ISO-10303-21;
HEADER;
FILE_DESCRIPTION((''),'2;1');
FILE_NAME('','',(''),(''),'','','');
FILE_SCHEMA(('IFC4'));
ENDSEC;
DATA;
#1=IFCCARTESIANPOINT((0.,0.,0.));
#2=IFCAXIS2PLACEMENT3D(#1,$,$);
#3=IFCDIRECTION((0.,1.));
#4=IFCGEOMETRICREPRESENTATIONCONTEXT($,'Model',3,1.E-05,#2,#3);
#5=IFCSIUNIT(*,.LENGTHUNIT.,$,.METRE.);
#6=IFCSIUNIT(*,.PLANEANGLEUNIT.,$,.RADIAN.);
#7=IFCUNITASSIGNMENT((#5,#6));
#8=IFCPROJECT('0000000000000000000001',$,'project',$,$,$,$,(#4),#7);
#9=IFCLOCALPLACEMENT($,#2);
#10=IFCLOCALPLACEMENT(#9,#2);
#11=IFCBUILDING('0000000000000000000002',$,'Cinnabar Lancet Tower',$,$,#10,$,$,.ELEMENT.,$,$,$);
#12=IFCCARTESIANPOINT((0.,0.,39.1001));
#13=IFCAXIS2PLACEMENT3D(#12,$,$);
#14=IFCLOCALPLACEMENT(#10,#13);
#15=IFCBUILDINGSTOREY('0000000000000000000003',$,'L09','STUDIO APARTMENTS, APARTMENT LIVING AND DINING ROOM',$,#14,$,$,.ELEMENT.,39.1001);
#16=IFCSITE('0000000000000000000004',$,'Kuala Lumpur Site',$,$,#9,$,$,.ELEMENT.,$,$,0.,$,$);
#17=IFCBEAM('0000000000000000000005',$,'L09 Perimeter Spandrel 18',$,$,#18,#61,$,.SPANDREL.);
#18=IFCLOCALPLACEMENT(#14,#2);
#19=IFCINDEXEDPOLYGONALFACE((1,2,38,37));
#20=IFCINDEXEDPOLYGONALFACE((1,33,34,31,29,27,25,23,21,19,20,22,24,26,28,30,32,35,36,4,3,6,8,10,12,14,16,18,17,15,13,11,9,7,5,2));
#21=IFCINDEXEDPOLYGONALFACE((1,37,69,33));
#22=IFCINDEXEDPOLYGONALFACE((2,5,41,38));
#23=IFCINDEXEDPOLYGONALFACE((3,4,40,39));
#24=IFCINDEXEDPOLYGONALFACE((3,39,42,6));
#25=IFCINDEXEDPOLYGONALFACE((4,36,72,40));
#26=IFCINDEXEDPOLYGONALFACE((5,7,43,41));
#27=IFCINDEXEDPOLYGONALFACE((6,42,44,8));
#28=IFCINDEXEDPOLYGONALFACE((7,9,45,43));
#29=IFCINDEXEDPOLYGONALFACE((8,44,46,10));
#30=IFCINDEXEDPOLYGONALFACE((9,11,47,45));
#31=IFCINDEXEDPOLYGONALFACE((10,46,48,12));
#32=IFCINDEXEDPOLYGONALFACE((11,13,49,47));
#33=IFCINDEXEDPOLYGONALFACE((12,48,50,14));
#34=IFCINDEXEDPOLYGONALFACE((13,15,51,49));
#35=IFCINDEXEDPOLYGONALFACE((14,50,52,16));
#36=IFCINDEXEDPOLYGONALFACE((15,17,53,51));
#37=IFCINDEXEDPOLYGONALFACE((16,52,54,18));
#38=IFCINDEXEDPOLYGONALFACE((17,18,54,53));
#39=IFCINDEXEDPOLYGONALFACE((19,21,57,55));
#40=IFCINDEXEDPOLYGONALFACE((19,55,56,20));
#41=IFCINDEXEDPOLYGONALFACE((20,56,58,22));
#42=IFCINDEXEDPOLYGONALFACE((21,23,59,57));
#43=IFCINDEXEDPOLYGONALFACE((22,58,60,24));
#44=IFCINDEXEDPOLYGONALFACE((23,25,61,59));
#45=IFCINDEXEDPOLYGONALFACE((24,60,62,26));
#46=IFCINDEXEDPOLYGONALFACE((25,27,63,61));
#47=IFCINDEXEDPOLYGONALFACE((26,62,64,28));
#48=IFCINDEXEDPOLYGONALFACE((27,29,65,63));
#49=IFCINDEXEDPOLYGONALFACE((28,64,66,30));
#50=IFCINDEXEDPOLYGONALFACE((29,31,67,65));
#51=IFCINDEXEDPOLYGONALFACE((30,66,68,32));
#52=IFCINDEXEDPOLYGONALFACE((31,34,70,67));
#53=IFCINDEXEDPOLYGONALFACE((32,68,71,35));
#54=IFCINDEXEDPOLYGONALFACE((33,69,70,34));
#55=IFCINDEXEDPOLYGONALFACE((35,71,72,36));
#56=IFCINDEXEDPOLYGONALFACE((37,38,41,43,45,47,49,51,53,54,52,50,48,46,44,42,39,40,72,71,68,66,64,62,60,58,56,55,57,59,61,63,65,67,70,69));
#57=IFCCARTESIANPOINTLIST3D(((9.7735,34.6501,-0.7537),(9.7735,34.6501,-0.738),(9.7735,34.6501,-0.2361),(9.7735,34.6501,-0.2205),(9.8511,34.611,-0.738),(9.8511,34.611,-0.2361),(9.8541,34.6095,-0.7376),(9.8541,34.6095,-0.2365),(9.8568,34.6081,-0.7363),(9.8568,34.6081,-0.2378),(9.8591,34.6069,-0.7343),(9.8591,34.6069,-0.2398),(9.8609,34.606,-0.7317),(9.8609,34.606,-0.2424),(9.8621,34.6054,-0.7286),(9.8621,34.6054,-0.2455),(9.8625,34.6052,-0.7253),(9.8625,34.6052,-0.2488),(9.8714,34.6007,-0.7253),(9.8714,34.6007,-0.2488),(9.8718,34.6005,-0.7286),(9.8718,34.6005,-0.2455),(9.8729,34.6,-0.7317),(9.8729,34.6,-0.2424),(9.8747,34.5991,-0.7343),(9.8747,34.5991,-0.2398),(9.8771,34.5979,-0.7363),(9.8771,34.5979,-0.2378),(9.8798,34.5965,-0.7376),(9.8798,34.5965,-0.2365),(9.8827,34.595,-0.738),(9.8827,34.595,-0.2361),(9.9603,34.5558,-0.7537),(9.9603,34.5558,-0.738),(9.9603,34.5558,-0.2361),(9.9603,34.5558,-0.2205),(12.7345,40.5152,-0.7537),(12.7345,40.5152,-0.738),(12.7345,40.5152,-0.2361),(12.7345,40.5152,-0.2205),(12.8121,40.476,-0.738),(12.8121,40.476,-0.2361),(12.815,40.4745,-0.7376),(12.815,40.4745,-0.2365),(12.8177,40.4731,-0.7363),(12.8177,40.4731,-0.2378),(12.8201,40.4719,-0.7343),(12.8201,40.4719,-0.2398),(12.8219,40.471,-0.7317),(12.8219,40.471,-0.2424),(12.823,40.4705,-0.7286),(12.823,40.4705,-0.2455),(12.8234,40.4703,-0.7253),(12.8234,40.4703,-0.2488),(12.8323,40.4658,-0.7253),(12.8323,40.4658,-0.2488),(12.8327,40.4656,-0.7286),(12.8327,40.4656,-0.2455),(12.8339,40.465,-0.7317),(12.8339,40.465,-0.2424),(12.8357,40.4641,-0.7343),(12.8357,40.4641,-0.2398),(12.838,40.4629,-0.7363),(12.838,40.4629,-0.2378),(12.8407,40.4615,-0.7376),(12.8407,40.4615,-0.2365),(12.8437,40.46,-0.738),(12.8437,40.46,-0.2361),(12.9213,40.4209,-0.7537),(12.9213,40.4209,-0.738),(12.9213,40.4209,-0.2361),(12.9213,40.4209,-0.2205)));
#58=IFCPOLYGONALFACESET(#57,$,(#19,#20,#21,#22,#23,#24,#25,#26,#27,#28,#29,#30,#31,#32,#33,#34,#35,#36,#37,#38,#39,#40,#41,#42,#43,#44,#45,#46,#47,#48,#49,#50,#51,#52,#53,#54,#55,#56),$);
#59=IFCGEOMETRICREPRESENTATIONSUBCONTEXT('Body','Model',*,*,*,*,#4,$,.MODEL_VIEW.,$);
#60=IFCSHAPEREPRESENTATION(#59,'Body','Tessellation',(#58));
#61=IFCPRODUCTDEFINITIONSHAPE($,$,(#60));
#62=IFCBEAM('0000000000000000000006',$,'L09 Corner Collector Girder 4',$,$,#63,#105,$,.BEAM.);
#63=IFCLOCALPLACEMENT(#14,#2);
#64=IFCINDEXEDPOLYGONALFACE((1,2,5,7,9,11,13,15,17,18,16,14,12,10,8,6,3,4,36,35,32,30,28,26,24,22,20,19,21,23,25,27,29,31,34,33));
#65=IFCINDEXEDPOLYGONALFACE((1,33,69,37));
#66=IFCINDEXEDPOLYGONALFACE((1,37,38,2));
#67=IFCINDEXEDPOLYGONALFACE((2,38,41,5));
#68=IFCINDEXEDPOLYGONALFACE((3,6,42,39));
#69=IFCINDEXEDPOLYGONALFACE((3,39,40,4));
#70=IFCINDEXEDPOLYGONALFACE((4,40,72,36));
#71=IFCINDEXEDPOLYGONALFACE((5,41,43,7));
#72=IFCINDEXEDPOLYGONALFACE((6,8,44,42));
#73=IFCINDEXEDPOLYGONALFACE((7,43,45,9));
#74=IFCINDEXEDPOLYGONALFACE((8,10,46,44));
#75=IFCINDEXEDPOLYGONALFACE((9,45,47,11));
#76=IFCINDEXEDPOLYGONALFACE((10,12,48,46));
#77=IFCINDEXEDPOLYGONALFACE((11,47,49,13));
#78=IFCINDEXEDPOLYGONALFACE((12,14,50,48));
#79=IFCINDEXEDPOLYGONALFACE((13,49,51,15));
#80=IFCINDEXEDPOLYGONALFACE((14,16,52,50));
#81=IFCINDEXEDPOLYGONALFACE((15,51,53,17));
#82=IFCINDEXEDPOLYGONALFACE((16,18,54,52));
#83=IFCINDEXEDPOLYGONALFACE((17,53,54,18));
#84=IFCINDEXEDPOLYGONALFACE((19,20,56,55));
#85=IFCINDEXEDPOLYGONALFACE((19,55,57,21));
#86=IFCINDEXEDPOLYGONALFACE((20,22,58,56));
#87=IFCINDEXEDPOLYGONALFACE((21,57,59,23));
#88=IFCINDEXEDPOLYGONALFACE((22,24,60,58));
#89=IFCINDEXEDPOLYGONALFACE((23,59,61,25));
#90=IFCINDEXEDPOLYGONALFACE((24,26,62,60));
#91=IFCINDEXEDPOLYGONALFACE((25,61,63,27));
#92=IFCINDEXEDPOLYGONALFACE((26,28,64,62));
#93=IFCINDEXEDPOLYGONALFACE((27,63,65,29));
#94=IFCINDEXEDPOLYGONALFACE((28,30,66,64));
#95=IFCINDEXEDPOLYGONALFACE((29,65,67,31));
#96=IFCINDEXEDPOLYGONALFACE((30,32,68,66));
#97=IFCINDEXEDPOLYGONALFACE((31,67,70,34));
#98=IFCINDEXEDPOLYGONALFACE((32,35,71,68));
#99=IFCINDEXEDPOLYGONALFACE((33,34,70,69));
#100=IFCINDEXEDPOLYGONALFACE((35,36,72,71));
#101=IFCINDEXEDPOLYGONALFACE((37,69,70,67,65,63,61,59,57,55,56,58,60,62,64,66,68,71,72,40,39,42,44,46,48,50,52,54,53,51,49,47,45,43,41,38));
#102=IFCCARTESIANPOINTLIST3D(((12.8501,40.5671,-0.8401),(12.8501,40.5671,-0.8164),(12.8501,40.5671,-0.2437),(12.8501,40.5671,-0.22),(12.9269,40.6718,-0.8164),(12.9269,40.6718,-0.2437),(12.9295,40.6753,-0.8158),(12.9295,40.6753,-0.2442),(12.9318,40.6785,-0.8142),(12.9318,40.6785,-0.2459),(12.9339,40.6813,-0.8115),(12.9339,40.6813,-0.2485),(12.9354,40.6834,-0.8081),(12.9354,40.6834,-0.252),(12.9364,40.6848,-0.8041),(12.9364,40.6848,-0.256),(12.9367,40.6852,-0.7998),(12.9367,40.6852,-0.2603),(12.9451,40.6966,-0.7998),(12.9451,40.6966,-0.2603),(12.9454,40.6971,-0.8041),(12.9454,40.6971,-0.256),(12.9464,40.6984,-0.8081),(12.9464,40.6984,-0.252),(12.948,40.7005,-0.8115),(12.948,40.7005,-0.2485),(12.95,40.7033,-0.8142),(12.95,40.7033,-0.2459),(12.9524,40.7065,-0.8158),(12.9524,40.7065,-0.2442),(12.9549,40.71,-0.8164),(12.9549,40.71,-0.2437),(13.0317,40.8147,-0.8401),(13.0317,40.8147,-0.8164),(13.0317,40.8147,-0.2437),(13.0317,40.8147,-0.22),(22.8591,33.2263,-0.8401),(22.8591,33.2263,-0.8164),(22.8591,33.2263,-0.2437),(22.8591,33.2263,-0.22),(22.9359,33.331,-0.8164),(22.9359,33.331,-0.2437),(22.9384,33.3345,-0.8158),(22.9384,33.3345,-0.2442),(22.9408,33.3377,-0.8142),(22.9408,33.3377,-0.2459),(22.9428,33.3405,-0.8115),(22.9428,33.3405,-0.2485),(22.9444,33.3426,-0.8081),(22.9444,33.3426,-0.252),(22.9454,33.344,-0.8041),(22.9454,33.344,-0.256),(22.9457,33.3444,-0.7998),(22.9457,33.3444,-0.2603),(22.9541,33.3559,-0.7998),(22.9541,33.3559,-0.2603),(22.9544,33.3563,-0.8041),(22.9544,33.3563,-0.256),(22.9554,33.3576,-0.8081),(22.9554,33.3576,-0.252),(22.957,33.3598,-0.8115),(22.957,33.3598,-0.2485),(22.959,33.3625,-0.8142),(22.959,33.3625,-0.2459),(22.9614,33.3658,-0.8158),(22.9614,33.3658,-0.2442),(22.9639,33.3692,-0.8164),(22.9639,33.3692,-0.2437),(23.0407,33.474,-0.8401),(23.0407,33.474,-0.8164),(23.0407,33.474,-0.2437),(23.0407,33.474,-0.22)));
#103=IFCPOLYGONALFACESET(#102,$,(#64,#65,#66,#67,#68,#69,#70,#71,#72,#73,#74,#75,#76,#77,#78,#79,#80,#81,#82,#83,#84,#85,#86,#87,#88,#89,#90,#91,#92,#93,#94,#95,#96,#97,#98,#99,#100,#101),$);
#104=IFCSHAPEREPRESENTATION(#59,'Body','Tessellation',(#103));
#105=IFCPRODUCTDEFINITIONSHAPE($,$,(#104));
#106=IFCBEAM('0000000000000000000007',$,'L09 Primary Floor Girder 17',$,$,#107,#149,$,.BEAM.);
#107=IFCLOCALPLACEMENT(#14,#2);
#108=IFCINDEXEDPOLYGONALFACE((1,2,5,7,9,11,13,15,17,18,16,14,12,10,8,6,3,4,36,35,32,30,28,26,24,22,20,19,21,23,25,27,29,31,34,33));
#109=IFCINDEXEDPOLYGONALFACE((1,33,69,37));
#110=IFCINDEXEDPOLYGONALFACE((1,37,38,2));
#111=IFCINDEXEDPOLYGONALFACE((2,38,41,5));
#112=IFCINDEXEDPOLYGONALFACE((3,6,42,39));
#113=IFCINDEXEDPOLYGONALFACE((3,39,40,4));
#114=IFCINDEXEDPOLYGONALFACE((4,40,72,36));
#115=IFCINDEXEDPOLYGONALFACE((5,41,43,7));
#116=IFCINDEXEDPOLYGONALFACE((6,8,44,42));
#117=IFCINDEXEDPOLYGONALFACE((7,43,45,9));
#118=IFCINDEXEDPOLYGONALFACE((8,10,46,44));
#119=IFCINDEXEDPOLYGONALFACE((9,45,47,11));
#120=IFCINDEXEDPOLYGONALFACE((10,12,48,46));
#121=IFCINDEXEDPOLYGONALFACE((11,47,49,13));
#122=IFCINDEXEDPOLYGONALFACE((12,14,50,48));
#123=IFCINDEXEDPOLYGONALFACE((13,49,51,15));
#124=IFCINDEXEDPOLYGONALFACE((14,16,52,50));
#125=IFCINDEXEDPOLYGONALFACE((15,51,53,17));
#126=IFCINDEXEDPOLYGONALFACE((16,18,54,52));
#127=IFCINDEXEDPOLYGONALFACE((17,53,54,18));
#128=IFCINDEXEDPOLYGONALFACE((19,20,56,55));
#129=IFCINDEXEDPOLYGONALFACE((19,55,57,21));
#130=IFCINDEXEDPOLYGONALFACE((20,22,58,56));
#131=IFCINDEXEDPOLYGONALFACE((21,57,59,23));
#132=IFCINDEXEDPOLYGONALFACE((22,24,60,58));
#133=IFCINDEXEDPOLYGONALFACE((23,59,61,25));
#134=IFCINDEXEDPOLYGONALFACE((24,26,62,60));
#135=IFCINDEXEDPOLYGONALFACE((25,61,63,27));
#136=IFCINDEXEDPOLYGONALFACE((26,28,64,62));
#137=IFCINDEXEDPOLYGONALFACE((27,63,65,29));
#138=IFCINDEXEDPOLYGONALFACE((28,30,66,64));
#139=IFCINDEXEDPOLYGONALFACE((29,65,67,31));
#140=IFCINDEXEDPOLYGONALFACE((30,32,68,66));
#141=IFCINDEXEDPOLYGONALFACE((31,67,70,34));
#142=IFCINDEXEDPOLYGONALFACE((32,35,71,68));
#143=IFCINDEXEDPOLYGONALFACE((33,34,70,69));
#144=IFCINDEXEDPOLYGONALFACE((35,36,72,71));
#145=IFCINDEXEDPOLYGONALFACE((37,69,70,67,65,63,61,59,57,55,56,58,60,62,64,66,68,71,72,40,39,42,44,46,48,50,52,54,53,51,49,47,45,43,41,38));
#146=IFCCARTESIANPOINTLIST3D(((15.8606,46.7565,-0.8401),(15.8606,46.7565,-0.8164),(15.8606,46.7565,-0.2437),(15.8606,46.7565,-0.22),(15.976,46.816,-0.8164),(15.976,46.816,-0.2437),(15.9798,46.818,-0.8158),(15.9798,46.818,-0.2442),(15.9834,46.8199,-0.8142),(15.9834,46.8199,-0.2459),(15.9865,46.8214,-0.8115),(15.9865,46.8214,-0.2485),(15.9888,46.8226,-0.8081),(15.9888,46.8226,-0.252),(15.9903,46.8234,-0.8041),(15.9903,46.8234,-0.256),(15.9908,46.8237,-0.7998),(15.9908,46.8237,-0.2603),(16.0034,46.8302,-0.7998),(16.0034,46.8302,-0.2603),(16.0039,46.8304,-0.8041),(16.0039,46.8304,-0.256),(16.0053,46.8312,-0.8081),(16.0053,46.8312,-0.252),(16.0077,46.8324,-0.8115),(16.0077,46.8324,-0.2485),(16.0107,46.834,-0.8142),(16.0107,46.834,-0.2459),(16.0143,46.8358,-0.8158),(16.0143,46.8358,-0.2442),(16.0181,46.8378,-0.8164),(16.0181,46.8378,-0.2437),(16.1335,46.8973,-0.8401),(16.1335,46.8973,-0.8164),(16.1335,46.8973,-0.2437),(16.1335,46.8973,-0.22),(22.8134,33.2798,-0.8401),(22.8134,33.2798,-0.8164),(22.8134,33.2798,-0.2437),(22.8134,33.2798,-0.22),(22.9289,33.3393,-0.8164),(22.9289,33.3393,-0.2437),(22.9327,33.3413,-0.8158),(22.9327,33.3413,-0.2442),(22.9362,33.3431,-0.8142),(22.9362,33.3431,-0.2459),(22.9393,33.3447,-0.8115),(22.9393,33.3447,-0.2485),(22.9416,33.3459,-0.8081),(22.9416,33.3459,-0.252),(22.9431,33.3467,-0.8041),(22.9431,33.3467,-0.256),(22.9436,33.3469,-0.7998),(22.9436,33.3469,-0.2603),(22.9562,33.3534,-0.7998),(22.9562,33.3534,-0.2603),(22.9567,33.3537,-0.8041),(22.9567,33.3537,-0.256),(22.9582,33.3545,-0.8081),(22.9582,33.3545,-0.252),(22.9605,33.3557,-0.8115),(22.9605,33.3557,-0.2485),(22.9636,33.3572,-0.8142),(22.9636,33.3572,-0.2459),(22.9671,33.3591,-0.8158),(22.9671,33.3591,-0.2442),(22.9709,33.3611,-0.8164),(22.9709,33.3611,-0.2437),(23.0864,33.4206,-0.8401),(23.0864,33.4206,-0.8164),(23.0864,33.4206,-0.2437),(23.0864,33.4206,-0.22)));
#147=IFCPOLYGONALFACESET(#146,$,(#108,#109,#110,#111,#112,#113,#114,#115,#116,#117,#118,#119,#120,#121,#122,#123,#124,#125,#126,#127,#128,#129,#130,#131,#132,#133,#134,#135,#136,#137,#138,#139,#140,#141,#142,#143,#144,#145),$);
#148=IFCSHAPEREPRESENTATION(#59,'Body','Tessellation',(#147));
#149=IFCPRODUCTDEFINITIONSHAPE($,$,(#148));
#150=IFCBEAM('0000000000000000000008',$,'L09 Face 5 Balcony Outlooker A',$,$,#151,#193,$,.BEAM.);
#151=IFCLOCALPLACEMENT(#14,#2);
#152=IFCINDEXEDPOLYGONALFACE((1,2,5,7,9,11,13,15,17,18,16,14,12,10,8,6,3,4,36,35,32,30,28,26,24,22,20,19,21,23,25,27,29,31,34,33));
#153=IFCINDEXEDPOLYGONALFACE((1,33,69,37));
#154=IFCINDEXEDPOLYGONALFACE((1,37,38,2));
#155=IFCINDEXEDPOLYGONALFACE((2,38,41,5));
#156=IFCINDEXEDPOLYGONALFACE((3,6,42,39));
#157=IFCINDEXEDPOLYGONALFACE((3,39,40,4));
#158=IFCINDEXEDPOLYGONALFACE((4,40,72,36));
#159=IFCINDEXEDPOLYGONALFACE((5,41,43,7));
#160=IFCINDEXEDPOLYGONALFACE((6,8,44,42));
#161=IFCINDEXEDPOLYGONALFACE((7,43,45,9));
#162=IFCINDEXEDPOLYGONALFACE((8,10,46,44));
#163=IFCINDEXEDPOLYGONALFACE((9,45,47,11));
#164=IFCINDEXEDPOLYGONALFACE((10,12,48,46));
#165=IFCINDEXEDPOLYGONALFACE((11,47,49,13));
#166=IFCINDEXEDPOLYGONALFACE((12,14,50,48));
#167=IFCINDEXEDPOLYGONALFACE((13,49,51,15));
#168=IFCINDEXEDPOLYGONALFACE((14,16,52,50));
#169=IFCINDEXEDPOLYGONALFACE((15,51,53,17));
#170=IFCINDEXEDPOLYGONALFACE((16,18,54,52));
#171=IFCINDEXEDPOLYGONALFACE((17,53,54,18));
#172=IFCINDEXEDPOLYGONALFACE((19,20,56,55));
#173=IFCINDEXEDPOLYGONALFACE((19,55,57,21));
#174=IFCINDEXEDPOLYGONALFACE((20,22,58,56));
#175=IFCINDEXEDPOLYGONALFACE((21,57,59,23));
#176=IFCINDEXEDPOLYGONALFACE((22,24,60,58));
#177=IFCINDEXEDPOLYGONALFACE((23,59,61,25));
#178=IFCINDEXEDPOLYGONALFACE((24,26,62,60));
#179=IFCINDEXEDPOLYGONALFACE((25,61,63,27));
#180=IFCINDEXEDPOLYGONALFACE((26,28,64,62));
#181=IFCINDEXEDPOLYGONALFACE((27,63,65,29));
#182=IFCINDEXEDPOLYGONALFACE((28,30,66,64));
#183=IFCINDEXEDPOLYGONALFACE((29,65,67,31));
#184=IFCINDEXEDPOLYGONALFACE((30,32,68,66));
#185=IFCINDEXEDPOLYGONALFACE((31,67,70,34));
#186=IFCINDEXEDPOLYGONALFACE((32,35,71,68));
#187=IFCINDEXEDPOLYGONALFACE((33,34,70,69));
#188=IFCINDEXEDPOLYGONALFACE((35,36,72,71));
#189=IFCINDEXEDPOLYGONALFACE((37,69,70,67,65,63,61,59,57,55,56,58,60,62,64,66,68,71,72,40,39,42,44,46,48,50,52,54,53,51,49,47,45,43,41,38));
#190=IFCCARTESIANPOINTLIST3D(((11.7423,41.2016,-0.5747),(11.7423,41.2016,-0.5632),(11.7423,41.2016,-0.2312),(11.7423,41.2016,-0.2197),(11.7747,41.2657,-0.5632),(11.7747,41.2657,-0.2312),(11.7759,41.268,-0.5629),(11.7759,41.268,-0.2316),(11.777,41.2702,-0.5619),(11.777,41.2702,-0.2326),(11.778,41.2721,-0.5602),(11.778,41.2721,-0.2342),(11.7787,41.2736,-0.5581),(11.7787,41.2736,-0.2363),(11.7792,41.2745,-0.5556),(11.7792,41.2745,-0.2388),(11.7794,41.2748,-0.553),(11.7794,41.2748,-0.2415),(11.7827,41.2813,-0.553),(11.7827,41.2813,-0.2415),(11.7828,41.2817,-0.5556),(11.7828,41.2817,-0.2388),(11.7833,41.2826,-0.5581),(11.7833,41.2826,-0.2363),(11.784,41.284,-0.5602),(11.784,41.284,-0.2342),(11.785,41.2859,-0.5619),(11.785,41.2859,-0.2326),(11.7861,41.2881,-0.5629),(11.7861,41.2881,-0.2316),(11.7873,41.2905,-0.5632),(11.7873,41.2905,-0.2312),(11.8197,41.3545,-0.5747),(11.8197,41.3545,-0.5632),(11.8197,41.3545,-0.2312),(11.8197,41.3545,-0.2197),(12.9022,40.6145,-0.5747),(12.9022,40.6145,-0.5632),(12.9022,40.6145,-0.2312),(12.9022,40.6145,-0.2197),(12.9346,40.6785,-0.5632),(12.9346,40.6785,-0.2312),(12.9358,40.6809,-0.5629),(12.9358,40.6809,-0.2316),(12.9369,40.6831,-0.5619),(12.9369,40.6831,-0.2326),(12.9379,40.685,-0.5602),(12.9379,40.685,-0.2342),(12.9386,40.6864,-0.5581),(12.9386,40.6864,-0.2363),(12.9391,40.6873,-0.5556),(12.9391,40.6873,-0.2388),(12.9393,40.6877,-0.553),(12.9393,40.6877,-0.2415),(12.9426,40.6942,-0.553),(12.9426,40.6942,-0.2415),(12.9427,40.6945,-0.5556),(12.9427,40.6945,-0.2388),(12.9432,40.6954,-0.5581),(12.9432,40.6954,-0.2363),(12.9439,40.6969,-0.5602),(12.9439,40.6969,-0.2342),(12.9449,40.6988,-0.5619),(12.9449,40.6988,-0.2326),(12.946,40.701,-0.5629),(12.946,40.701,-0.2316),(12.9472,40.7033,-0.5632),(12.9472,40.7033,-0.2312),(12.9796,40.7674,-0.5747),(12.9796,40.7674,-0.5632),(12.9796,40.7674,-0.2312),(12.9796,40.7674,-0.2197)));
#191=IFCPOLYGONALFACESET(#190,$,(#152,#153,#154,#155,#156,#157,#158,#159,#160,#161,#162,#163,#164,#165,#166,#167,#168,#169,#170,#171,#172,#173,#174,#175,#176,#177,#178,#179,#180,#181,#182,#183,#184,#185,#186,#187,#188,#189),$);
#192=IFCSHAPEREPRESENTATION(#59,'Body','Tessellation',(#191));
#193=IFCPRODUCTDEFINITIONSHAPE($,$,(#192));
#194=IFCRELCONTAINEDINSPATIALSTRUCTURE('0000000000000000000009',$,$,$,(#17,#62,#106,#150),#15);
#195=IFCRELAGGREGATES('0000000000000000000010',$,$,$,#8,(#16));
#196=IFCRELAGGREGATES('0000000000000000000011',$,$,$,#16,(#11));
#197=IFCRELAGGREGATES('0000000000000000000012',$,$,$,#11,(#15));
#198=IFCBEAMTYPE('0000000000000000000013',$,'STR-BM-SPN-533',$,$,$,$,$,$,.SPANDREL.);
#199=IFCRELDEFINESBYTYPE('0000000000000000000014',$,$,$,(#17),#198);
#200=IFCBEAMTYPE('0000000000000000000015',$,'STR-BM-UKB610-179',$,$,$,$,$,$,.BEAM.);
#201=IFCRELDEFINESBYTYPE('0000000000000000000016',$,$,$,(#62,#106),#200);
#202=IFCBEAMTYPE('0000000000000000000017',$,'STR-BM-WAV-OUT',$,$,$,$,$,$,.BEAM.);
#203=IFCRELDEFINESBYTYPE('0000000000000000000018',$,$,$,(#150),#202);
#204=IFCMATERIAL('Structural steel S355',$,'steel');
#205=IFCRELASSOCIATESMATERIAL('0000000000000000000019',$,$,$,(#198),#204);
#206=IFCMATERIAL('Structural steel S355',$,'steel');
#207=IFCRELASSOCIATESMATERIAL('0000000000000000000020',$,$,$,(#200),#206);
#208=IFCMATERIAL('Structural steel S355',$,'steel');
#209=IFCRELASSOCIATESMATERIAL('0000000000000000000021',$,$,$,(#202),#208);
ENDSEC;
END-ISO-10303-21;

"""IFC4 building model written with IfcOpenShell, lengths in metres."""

from ifc_helpers import new_model, si_unit, direction, frame, origin, origin_2d, place, context, subcontext, project, spatial, i_section, extrude, material, material_profile, profile_set, type_object, element, save


model = new_model("IFC4")

# Units and contexts
model_context = context("Model", 3, precision=1e-05, world=origin(), true_north=direction((0.0, 1.0)))
body_context = subcontext(model_context, "Body", "Model", "MODEL_VIEW")
ifc_project = project(units=[si_unit("LENGTHUNIT", "METRE"), si_unit("PLANEANGLEUNIT", "RADIAN")], contexts=[model_context])

# Site, building, storey
site_placement = place(None, origin())
site = spatial("IfcSite", under=ifc_project, at=site_placement, Name="Kuala Lumpur Site", CompositionType="ELEMENT", RefElevation=0.0)
building_placement = place(site_placement, origin())
building = spatial("IfcBuilding", under=site, at=building_placement, Name="Cinnabar Lancet Tower", CompositionType="ELEMENT")
storey_placement = place(building_placement, frame((0.0, 0.0, 39.1001)))
storey = spatial("IfcBuildingStorey", under=building, at=storey_placement, Name="L09", Description="STUDIO APARTMENTS, APARTMENT LIVING AND DINING ROOM", CompositionType="ELEMENT", Elevation=39.1001)

# Beams
ifc_material_1 = material(Name="Structural steel S355", Category="steel")
ifc_material_profile_1 = material_profile(ifc_material_1, i_section(OverallWidth=0.2092, OverallDepth=0.5332, WebThickness=0.01, FlangeThickness=0.0156, FilletRadius=0.0127, at=origin_2d()), Name="UKB 533x210x92")
ifc_profile_set_1 = profile_set([ifc_material_profile_1], Name="Structural steel S355")
beam_type_1 = type_object("IfcBeamType", Name="STR-BM-SPN-533", PredefinedType="SPANDREL", material=ifc_profile_set_1)
beam_1_placement = place(storey_placement, frame((12.8279, 40.468, -0.4871), z_axis=(-0.450674, -0.892689, 0.0), x_axis=(0.892689, -0.450674, 0.0)))
element("IfcBeam", 1, at=beam_1_placement, inside=storey, type_object=beam_type_1, Name="L09 Perimeter Spandrel 18", PredefinedType="SPANDREL", context=body_context, shape_type="SweptSolid", body=[
    extrude(i_section(OverallWidth=0.2092, OverallDepth=0.5332, WebThickness=0.01, FlangeThickness=0.0156, FilletRadius=0.0127, at=origin_2d()), origin(), (0.0, 0.0, 1.0), 6.5701),
])
ifc_material_2 = material(Name="Structural steel S355", Category="steel")
ifc_material_profile_2 = material_profile(ifc_material_2, i_section(OverallWidth=0.3071, OverallDepth=0.6201, WebThickness=0.0142, FlangeThickness=0.0237, FilletRadius=0.0166, at=origin_2d()), Name="UKB 610x305x179")
ifc_profile_set_2 = profile_set([ifc_material_profile_2], Name="Structural steel S355")
beam_type_2 = type_object("IfcBeamType", Name="STR-BM-UKB610-179", PredefinedType="BEAM", material=ifc_profile_set_2)
beam_2_placement = place(storey_placement, frame((12.9409, 40.6909, -0.53), z_axis=(0.806372, -0.591409, 0.0), x_axis=(0.591409, 0.806372, 0.0)))
element("IfcBeam", 2, at=beam_2_placement, inside=storey, type_object=beam_type_2, Name="L09 Corner Collector Girder 4", PredefinedType="BEAM", context=body_context, shape_type="SweptSolid", body=[
    extrude(i_section(OverallWidth=0.3071, OverallDepth=0.6201, WebThickness=0.0142, FlangeThickness=0.0237, FilletRadius=0.0166, at=origin_2d()), origin(), (0.0, 0.0, 1.0), 12.4124),
])
beam_3_placement = place(storey_placement, frame((15.9971, 46.8269, -0.53), z_axis=(0.458492, -0.888698, 0.0), x_axis=(0.888698, 0.458492, 0.0)))
element("IfcBeam", 3, at=beam_3_placement, inside=storey, type_object=beam_type_2, Name="L09 Primary Floor Girder 17", PredefinedType="BEAM", context=body_context, shape_type="SweptSolid", body=[
    extrude(i_section(OverallWidth=0.3071, OverallDepth=0.6201, WebThickness=0.0142, FlangeThickness=0.0237, FilletRadius=0.0166, at=origin_2d()), origin(), (0.0, 0.0, 1.0), 15.1646),
])
ifc_material_3 = material(Name="Structural steel S355", Category="steel")
ifc_material_profile_3 = material_profile(ifc_material_3, i_section(OverallWidth=0.1714, OverallDepth=0.355, WebThickness=0.0073, FlangeThickness=0.0115, FilletRadius=0.0103, at=origin_2d()), Name="UKB 356x171x51")
ifc_profile_set_3 = profile_set([ifc_material_profile_3], Name="Structural steel S355")
beam_type_3 = type_object("IfcBeamType", Name="STR-BM-WAV-OUT", PredefinedType="BEAM", material=ifc_profile_set_3)
for number, where, z_axis, x_axis, name in (
    (4, (12.9409, 40.6909, -0.3972), (-0.8922, 0.45164, 0.0), (-0.45164, -0.8922, 0.0), "L09 Face 5 Balcony Outlooker A"),
):
    element("IfcBeam", number, at=place(storey_placement, frame(where, z_axis=z_axis, x_axis=x_axis)), inside=storey, type_object=beam_type_3, Name=name, PredefinedType="BEAM", context=body_context, shape_type="SweptSolid", body=[
        extrude(i_section(OverallWidth=0.1714, OverallDepth=0.355, WebThickness=0.0073, FlangeThickness=0.0115, FilletRadius=0.0103, at=origin_2d()), origin(), (0.0, 0.0, 1.0), 1.3),
    ])

save(model, "model.ifc")
